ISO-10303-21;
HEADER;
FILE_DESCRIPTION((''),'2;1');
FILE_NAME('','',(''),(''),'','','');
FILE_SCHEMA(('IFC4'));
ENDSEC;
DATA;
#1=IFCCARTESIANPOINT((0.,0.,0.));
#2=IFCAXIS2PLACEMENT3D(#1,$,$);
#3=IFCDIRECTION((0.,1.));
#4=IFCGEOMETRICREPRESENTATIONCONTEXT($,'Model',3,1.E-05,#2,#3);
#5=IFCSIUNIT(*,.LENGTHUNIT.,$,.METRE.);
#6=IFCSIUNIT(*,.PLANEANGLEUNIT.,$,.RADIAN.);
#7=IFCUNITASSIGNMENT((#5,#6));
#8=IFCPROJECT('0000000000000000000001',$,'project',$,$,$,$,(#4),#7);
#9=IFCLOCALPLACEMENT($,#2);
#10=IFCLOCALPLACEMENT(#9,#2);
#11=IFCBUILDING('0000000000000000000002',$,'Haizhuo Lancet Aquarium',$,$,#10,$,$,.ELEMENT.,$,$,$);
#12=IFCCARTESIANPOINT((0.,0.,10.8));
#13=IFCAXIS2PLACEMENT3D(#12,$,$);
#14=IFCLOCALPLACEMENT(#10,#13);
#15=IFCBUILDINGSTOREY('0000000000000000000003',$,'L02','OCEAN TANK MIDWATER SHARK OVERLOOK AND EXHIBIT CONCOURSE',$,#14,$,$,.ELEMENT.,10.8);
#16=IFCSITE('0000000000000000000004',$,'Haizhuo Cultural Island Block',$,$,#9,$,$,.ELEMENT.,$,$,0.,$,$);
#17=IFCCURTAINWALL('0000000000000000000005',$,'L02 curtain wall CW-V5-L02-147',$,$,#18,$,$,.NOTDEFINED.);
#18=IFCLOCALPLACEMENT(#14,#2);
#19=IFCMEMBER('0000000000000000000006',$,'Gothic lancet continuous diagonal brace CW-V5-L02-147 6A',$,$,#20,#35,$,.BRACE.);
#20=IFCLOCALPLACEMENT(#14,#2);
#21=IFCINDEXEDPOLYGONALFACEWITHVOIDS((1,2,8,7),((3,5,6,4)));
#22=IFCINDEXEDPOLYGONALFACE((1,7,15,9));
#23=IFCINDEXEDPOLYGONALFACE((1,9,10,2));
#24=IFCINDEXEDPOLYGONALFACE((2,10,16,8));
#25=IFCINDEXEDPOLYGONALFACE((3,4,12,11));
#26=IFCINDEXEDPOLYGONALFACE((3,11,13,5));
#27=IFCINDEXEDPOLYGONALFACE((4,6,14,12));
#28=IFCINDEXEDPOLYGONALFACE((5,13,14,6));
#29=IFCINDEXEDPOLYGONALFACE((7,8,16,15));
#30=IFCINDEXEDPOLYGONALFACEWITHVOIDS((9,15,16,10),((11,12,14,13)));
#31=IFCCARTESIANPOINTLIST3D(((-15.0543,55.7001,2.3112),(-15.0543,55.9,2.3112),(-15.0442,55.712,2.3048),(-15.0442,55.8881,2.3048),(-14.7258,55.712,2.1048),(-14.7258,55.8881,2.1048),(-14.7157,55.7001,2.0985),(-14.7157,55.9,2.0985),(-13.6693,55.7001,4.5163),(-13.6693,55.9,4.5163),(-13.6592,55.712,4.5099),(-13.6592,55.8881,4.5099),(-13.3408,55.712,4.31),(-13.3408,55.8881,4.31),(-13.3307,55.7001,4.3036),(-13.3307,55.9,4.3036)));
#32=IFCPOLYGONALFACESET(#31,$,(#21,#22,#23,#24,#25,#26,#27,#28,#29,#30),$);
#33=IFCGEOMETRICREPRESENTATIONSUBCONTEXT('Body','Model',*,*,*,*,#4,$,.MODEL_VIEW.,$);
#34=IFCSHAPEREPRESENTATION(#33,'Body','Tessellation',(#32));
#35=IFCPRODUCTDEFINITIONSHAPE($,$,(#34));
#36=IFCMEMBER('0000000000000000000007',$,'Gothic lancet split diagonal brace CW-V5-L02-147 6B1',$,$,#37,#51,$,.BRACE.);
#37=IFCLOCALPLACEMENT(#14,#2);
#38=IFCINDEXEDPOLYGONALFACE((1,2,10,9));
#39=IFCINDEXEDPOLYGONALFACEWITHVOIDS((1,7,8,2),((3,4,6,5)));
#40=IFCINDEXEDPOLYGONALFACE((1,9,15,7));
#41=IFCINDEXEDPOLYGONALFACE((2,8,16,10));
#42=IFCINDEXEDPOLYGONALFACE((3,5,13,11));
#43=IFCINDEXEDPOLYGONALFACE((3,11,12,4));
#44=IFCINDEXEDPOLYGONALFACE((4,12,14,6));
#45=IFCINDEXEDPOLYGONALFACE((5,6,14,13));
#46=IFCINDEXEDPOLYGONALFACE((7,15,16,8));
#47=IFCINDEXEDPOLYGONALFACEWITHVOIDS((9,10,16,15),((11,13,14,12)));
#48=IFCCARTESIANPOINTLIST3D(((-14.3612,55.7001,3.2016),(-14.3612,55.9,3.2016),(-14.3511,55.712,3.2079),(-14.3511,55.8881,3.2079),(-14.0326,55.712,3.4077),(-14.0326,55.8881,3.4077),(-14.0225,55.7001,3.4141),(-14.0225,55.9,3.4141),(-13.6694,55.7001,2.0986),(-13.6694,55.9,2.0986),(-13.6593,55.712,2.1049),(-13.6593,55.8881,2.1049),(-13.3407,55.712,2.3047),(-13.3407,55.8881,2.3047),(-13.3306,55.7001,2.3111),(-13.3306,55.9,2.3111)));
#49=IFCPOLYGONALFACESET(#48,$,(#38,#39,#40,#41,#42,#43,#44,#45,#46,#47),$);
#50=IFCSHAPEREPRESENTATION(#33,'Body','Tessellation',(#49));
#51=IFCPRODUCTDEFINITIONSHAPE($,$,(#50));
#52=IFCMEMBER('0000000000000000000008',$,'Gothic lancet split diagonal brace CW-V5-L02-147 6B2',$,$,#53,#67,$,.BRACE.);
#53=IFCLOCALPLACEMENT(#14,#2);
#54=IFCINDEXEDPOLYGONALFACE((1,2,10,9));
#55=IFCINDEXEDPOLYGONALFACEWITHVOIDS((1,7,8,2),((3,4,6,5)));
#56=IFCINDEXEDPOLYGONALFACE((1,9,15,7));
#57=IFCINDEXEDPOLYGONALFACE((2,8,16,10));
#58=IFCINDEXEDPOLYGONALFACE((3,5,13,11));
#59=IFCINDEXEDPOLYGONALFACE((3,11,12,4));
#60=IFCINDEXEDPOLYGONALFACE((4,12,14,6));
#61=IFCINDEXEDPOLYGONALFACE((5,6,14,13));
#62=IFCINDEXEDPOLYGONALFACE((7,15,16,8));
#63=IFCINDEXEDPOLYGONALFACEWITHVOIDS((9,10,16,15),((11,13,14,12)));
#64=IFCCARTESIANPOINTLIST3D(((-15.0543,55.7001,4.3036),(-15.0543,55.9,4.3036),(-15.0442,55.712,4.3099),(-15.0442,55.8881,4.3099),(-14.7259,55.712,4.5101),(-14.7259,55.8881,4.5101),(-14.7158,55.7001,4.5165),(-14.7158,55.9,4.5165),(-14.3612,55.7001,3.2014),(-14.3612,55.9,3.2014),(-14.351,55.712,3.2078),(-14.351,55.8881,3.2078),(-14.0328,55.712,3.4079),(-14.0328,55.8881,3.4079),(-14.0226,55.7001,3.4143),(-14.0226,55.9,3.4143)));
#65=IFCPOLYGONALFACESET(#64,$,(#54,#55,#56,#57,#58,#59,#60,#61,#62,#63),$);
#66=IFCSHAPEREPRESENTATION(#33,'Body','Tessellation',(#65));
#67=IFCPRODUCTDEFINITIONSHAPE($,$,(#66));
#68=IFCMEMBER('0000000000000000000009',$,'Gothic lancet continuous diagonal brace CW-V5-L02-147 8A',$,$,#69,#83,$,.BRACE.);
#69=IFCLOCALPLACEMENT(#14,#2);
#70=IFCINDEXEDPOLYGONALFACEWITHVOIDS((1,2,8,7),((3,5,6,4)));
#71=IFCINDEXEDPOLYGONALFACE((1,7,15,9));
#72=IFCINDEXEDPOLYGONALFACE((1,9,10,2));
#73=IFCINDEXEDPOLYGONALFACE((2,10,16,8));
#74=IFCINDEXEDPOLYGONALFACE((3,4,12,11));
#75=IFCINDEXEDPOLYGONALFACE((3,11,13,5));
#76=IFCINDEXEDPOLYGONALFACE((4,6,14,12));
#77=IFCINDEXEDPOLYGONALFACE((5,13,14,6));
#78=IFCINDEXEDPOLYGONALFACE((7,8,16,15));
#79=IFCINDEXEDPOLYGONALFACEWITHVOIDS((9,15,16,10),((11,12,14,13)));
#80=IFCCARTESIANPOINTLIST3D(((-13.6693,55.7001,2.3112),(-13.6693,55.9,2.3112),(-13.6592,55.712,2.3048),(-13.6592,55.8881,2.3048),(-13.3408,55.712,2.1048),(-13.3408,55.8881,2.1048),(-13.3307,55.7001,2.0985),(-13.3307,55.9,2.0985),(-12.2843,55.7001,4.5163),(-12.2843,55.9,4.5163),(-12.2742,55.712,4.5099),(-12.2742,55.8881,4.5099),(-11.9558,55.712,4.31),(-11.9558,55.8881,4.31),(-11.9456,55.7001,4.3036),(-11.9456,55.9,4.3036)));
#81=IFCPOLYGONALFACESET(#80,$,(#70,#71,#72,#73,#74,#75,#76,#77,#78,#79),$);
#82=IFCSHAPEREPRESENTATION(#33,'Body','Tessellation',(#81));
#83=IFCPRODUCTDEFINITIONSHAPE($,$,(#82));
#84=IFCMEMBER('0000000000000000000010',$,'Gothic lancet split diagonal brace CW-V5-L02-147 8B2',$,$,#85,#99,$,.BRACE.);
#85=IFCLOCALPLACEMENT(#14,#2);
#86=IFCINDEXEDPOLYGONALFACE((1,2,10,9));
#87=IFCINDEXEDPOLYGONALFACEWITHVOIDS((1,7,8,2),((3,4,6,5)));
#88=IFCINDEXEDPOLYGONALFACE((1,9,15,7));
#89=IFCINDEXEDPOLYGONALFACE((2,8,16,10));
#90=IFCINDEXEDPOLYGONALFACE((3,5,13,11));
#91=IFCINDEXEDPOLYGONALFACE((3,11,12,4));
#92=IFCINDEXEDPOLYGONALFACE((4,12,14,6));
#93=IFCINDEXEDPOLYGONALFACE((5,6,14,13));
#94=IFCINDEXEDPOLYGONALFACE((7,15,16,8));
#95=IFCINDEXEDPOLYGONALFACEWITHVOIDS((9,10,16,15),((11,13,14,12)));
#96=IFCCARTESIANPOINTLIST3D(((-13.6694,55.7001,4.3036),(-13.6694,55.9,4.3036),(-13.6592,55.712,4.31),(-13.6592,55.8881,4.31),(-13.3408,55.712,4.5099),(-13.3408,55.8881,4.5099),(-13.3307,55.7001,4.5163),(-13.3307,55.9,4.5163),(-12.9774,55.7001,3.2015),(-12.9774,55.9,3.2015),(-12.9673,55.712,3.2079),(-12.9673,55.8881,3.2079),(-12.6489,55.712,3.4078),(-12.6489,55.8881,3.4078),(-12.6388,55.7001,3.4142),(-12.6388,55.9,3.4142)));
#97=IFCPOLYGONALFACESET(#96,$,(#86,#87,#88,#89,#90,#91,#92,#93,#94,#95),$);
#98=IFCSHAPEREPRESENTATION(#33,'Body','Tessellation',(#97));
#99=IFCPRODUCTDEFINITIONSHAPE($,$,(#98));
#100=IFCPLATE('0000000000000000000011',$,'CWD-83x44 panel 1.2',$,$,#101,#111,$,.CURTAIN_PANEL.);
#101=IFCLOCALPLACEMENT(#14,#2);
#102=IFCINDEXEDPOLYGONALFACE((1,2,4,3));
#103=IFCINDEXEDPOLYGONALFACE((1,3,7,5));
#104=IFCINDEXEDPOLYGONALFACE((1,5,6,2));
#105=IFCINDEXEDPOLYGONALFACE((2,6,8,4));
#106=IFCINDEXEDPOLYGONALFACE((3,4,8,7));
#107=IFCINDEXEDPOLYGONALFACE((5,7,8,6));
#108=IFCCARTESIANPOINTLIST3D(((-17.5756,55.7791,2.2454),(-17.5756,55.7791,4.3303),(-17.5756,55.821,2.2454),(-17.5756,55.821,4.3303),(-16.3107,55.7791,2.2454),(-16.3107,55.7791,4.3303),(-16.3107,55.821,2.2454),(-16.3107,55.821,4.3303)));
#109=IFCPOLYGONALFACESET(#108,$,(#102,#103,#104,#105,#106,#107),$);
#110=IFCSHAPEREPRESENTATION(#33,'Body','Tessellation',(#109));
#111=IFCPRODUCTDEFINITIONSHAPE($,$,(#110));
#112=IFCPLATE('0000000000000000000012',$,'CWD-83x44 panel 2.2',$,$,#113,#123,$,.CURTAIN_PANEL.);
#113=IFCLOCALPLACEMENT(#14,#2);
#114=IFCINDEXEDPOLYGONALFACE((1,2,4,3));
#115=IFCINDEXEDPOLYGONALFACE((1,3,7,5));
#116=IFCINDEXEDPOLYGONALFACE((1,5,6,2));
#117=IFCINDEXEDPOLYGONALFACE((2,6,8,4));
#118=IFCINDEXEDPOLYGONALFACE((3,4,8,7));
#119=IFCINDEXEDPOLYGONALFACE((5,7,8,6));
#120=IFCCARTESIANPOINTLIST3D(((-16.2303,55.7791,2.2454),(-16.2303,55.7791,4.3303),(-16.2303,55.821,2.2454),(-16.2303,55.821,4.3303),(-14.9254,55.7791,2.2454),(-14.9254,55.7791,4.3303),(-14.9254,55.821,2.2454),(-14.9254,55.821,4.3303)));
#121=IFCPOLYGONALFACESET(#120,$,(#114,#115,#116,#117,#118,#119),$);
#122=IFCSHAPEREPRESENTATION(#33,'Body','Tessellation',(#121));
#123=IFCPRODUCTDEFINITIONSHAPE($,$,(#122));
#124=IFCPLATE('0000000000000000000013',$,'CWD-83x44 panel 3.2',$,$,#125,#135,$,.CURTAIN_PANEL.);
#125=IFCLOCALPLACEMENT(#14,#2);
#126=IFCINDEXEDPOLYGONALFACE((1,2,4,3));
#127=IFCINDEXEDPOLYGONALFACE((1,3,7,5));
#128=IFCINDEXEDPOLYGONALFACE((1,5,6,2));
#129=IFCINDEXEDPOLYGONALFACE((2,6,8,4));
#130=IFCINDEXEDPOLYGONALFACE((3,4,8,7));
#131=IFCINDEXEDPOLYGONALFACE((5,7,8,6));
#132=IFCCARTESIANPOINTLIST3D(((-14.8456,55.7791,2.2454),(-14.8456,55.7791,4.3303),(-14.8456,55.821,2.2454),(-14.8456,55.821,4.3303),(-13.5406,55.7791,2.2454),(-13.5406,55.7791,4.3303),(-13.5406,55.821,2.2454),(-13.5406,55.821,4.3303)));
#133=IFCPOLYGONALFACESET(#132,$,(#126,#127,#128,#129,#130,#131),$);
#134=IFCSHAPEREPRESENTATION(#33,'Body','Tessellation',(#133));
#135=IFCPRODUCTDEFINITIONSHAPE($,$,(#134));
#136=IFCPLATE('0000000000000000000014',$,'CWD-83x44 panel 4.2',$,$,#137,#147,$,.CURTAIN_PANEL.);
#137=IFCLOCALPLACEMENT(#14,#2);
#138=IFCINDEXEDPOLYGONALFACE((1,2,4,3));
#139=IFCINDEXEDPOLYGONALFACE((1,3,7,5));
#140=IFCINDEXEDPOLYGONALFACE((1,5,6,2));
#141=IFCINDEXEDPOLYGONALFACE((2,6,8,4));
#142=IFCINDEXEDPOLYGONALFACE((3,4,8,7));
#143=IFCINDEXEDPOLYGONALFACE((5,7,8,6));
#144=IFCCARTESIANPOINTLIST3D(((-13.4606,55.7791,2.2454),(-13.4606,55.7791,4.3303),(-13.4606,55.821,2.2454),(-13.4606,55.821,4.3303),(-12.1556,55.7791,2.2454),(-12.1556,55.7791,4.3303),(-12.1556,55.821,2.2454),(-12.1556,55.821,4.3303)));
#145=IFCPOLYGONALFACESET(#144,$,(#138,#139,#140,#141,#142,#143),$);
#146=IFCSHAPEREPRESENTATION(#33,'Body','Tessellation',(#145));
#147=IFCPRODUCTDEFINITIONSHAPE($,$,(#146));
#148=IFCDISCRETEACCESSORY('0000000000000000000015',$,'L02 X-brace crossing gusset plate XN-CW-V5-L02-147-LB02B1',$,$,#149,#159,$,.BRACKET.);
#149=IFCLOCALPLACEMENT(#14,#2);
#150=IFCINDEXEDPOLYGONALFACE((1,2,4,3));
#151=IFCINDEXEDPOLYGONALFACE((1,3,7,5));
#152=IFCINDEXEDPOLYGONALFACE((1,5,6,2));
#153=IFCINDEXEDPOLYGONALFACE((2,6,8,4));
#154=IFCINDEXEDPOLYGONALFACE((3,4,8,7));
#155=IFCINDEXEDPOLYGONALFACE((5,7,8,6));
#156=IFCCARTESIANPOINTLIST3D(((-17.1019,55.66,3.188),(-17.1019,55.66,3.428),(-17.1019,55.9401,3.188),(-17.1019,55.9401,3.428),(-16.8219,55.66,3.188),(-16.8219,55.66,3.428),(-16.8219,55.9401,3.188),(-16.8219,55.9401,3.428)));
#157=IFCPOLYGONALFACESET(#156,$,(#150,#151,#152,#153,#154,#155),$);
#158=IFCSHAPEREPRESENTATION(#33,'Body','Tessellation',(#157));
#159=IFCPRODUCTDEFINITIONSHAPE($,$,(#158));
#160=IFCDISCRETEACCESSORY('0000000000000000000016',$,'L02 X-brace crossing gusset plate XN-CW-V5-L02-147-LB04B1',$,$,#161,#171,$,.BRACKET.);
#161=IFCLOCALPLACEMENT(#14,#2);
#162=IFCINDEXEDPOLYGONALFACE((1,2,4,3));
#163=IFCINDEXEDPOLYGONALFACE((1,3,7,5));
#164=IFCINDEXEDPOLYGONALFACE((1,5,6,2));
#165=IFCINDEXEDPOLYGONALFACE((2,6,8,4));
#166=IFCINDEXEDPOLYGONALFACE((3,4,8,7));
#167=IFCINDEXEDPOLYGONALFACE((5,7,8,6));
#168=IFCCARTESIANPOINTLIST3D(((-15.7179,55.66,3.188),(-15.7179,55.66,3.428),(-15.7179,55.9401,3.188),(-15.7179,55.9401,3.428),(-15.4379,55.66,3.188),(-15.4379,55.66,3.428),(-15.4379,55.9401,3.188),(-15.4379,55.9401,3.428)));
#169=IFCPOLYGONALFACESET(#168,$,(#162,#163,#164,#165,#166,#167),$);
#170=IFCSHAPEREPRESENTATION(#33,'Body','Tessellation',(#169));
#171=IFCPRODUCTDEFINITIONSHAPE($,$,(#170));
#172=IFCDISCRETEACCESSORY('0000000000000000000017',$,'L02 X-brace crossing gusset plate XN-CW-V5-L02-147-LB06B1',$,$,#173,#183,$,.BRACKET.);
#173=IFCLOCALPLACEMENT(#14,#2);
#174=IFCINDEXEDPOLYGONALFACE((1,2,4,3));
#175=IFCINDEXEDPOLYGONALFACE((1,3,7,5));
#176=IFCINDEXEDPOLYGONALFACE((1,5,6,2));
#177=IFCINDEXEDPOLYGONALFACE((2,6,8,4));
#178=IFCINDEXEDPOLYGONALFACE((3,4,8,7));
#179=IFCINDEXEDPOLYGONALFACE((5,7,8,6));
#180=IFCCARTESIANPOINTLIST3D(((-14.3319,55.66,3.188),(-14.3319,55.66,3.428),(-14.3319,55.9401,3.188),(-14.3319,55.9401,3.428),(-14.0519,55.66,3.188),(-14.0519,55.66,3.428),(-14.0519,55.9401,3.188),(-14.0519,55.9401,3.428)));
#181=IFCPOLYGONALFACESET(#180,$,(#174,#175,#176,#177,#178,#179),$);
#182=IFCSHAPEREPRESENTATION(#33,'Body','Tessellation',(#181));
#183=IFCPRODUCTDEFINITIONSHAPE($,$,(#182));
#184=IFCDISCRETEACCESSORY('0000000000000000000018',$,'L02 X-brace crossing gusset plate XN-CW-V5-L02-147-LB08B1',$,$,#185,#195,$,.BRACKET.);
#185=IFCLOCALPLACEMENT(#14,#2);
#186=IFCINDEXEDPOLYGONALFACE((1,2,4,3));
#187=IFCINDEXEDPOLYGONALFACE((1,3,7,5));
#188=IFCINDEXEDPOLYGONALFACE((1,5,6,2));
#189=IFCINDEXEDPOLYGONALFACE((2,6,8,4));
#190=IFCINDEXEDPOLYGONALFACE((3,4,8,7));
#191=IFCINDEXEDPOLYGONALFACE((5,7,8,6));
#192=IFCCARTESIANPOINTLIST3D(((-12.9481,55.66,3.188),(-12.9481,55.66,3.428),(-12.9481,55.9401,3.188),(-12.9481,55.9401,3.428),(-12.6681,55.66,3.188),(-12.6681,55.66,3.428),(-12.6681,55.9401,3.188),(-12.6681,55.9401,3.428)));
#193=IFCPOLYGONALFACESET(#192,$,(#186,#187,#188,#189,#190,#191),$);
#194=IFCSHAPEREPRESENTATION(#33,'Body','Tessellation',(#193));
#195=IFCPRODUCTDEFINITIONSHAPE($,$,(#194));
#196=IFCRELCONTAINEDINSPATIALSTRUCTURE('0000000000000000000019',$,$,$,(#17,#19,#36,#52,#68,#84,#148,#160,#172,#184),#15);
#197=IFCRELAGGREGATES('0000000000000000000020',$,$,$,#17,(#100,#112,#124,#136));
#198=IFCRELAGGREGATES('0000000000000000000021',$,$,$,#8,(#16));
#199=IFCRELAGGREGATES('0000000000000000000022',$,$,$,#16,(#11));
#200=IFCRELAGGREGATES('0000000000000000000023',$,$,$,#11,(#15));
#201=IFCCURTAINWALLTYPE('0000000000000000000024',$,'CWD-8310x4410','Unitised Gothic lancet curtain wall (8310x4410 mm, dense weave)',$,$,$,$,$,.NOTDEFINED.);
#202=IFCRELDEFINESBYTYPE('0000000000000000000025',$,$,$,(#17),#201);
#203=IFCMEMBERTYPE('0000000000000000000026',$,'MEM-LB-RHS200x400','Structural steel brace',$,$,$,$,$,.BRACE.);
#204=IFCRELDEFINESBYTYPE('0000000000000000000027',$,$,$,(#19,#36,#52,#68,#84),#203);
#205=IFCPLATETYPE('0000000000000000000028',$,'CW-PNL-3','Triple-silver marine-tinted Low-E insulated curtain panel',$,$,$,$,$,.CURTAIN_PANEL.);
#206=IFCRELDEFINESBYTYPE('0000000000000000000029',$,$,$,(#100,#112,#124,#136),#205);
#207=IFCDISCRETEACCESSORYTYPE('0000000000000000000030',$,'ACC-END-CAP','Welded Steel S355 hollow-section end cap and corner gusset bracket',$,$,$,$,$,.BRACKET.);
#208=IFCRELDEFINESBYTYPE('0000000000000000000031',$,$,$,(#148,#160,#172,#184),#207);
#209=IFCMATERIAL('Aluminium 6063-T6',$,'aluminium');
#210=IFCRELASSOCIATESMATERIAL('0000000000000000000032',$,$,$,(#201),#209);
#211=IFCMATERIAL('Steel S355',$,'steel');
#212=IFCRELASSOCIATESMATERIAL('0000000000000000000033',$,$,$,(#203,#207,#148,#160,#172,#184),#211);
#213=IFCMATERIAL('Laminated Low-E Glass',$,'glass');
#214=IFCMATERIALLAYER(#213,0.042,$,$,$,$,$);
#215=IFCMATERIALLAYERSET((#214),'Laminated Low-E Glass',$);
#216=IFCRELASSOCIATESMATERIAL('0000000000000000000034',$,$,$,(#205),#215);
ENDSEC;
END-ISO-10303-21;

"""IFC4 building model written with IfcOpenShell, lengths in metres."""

from ifc_helpers import new_model, si_unit, direction, frame, origin, origin_2d, place, context, subcontext, project, spatial, rectangle, hollow_rectangle, extrude, material, layer, layer_set, material_profile, profile_set, type_object, element, aggregate, save


model = new_model("IFC4")

# Units and contexts
model_context = context("Model", 3, precision=1e-05, world=origin(), true_north=direction((0.0, 1.0)))
body_context = subcontext(model_context, "Body", "Model", "MODEL_VIEW")
ifc_project = project(units=[si_unit("LENGTHUNIT", "METRE"), si_unit("PLANEANGLEUNIT", "RADIAN")], contexts=[model_context])

# Site, building, storey
site_placement = place(None, origin())
site = spatial("IfcSite", under=ifc_project, at=site_placement, Name="Haizhuo Cultural Island Block", CompositionType="ELEMENT", RefElevation=0.0)
building_placement = place(site_placement, origin())
building = spatial("IfcBuilding", under=site, at=building_placement, Name="Haizhuo Lancet Aquarium", CompositionType="ELEMENT")
storey_placement = place(building_placement, frame((0.0, 0.0, 10.8)))
storey = spatial("IfcBuildingStorey", under=building, at=storey_placement, Name="L02", Description="OCEAN TANK MIDWATER SHARK OVERLOOK AND EXHIBIT CONCOURSE", CompositionType="ELEMENT", Elevation=10.8)

# Curtain wall
ifc_material_1 = material(Name="Aluminium 6063-T6", Category="aluminium")
curtain_wall_type = type_object("IfcCurtainWallType", Name="CWD-8310x4410", Description="Unitised Gothic lancet curtain wall (8310x4410 mm, dense weave)", PredefinedType="NOTDEFINED", material=ifc_material_1)
curtain_wall_placement = place(storey_placement, origin())
curtain_wall = element("IfcCurtainWall", 1, at=curtain_wall_placement, inside=storey, type_object=curtain_wall_type, Name="L02 curtain wall CW-V5-L02-147", PredefinedType="NOTDEFINED")

# Members
ifc_material_2 = material(Name="Steel S355", Category="steel")
ifc_material_profile_1 = material_profile(ifc_material_2, hollow_rectangle(XDim=0.2, YDim=0.3999, WallThickness=0.012, at=origin_2d()), Name="RHS 200x400x12")
ifc_profile_set_1 = profile_set([ifc_material_profile_1], Name="Steel S355")
member_type_1 = type_object("IfcMemberType", Name="MEM-LB-RHS200x400", Description="Structural steel brace", PredefinedType="BRACE", material=ifc_profile_set_1)
member_1_placement = place(storey_placement, frame((-14.885, 55.8, 2.2048), z_axis=(0.531885, 0.0, 0.846816), x_axis=(0.0, 1.0, 0.0)))
element("IfcMember", 2, at=member_1_placement, inside=storey, type_object=member_type_1, Name="Gothic lancet continuous diagonal brace CW-V5-L02-147 6A", PredefinedType="BRACE", context=body_context, shape_type="SweptSolid", body=[
    extrude(hollow_rectangle(XDim=0.2, YDim=0.3999, WallThickness=0.012, at=origin_2d()), origin(), (0.0, 0.0, 1.0), 2.604),
])
for number, where, z_axis, x_axis, name in (
    (3, (-13.5, 55.8, 2.2048), (-0.53138, 0.0, 0.847133), (0.0, -1.0, 0.0), "Gothic lancet split diagonal brace CW-V5-L02-147 6B1"),
    (4, (-14.1919, 55.8, 3.3079), (-0.53239, 0.0, 0.846499), (0.0, -1.0, 0.0), "Gothic lancet split diagonal brace CW-V5-L02-147 6B2"),
):
    element("IfcMember", number, at=place(storey_placement, frame(where, z_axis=z_axis, x_axis=x_axis)), inside=storey, type_object=member_type_1, Name=name, PredefinedType="BRACE", context=body_context, shape_type="SweptSolid", body=[
        extrude(hollow_rectangle(XDim=0.2, YDim=0.3999, WallThickness=0.012, at=origin_2d()), origin(), (0.0, 0.0, 1.0), 1.302),
    ])
member_2_placement = place(storey_placement, frame((-13.5, 55.8, 2.2048), z_axis=(0.531885, 0.0, 0.846816), x_axis=(0.0, 1.0, 0.0)))
element("IfcMember", 5, at=member_2_placement, inside=storey, type_object=member_type_1, Name="Gothic lancet continuous diagonal brace CW-V5-L02-147 8A", PredefinedType="BRACE", context=body_context, shape_type="SweptSolid", body=[
    extrude(hollow_rectangle(XDim=0.2, YDim=0.3999, WallThickness=0.012, at=origin_2d()), origin(), (0.0, 0.0, 1.0), 2.604),
])
member_3_placement = place(storey_placement, frame((-12.8081, 55.8, 3.3079), z_axis=(-0.531718, 0.0, 0.846921), x_axis=(0.0, -1.0, 0.0)))
element("IfcMember", 6, at=member_3_placement, inside=storey, type_object=member_type_1, Name="Gothic lancet split diagonal brace CW-V5-L02-147 8B2", PredefinedType="BRACE", context=body_context, shape_type="SweptSolid", body=[
    extrude(hollow_rectangle(XDim=0.2, YDim=0.3999, WallThickness=0.012, at=origin_2d()), origin(), (0.0, 0.0, 1.0), 1.3013),
])

# Plates
ifc_material_3 = material(Name="Laminated Low-E Glass", Category="glass")
ifc_layer = layer(ifc_material_3, 0.042)
ifc_layer_set = layer_set([ifc_layer], Name="Laminated Low-E Glass")
plate_type = type_object("IfcPlateType", Name="CW-PNL-3", Description="Triple-silver marine-tinted Low-E insulated curtain panel", PredefinedType="CURTAIN_PANEL", material=ifc_layer_set)
plate_1_placement = place(storey_placement, frame((-16.9431, 55.8, 2.2454), z_axis=(0.0, 0.0, 1.0), x_axis=(1.0, 0.0, 0.0)))
plate_1 = element("IfcPlate", 7, at=plate_1_placement, type_object=plate_type, Name="CWD-83x44 panel 1.2", PredefinedType="CURTAIN_PANEL", context=body_context, shape_type="SweptSolid", body=[
    extrude(rectangle(XDim=1.2649, YDim=0.042, at=origin_2d()), origin(), (0.0, 0.0, 1.0), 2.085),
])
plate_2_placement = place(storey_placement, frame((-15.5779, 55.8, 2.2454), z_axis=(0.0, 0.0, 1.0), x_axis=(1.0, 0.0, 0.0)))
plate_2 = element("IfcPlate", 8, at=plate_2_placement, type_object=plate_type, Name="CWD-83x44 panel 2.2", PredefinedType="CURTAIN_PANEL", context=body_context, shape_type="SweptSolid", body=[
    extrude(rectangle(XDim=1.3049, YDim=0.042, at=origin_2d()), origin(), (0.0, 0.0, 1.0), 2.085),
])
plate_3_placement = place(storey_placement, frame((-14.1931, 55.8, 2.2454), z_axis=(0.0, 0.0, 1.0), x_axis=(1.0, 0.0, 0.0)))
plate_3 = element("IfcPlate", 9, at=plate_3_placement, type_object=plate_type, Name="CWD-83x44 panel 3.2", PredefinedType="CURTAIN_PANEL", context=body_context, shape_type="SweptSolid", body=[
    extrude(rectangle(XDim=1.3049, YDim=0.042, at=origin_2d()), origin(), (0.0, 0.0, 1.0), 2.085),
])
plate_4_placement = place(storey_placement, frame((-12.8081, 55.8, 2.2454), z_axis=(0.0, 0.0, 1.0), x_axis=(1.0, 0.0, 0.0)))
plate_4 = element("IfcPlate", 10, at=plate_4_placement, type_object=plate_type, Name="CWD-83x44 panel 4.2", PredefinedType="CURTAIN_PANEL", context=body_context, shape_type="SweptSolid", body=[
    extrude(rectangle(XDim=1.3049, YDim=0.042, at=origin_2d()), origin(), (0.0, 0.0, 1.0), 2.085),
])
aggregate(curtain_wall, [plate_1, plate_2, plate_3, plate_4])

# Discrete accessories
discrete_accessory_type = type_object("IfcDiscreteAccessoryType", Name="ACC-END-CAP", Description="Welded Steel S355 hollow-section end cap and corner gusset bracket", PredefinedType="BRACKET", material=ifc_material_2)
for number, where, z_axis, x_axis, name in (
    (11, (-16.9619, 55.8, 3.188), (0.0, 0.0, 1.0), (1.0, 0.0, 0.0), "L02 X-brace crossing gusset plate XN-CW-V5-L02-147-LB02B1"),
    (12, (-15.5779, 55.8, 3.188), (0.0, 0.0, 1.0), (1.0, 0.0, 0.0), "L02 X-brace crossing gusset plate XN-CW-V5-L02-147-LB04B1"),
    (13, (-14.1919, 55.8, 3.188), (0.0, 0.0, 1.0), (1.0, 0.0, 0.0), "L02 X-brace crossing gusset plate XN-CW-V5-L02-147-LB06B1"),
    (14, (-12.8081, 55.8, 3.188), (0.0, 0.0, 1.0), (1.0, 0.0, 0.0), "L02 X-brace crossing gusset plate XN-CW-V5-L02-147-LB08B1"),
):
    element("IfcDiscreteAccessory", number, at=place(storey_placement, frame(where, z_axis=z_axis, x_axis=x_axis)), inside=storey, type_object=discrete_accessory_type, material=ifc_material_2, Name=name, PredefinedType="BRACKET", context=body_context, shape_type="SweptSolid", body=[
        extrude(rectangle(XDim=0.28, YDim=0.28, at=origin_2d()), origin(), (0.0, 0.0, 1.0), 0.24),
    ])

save(model, "model.ifc")
